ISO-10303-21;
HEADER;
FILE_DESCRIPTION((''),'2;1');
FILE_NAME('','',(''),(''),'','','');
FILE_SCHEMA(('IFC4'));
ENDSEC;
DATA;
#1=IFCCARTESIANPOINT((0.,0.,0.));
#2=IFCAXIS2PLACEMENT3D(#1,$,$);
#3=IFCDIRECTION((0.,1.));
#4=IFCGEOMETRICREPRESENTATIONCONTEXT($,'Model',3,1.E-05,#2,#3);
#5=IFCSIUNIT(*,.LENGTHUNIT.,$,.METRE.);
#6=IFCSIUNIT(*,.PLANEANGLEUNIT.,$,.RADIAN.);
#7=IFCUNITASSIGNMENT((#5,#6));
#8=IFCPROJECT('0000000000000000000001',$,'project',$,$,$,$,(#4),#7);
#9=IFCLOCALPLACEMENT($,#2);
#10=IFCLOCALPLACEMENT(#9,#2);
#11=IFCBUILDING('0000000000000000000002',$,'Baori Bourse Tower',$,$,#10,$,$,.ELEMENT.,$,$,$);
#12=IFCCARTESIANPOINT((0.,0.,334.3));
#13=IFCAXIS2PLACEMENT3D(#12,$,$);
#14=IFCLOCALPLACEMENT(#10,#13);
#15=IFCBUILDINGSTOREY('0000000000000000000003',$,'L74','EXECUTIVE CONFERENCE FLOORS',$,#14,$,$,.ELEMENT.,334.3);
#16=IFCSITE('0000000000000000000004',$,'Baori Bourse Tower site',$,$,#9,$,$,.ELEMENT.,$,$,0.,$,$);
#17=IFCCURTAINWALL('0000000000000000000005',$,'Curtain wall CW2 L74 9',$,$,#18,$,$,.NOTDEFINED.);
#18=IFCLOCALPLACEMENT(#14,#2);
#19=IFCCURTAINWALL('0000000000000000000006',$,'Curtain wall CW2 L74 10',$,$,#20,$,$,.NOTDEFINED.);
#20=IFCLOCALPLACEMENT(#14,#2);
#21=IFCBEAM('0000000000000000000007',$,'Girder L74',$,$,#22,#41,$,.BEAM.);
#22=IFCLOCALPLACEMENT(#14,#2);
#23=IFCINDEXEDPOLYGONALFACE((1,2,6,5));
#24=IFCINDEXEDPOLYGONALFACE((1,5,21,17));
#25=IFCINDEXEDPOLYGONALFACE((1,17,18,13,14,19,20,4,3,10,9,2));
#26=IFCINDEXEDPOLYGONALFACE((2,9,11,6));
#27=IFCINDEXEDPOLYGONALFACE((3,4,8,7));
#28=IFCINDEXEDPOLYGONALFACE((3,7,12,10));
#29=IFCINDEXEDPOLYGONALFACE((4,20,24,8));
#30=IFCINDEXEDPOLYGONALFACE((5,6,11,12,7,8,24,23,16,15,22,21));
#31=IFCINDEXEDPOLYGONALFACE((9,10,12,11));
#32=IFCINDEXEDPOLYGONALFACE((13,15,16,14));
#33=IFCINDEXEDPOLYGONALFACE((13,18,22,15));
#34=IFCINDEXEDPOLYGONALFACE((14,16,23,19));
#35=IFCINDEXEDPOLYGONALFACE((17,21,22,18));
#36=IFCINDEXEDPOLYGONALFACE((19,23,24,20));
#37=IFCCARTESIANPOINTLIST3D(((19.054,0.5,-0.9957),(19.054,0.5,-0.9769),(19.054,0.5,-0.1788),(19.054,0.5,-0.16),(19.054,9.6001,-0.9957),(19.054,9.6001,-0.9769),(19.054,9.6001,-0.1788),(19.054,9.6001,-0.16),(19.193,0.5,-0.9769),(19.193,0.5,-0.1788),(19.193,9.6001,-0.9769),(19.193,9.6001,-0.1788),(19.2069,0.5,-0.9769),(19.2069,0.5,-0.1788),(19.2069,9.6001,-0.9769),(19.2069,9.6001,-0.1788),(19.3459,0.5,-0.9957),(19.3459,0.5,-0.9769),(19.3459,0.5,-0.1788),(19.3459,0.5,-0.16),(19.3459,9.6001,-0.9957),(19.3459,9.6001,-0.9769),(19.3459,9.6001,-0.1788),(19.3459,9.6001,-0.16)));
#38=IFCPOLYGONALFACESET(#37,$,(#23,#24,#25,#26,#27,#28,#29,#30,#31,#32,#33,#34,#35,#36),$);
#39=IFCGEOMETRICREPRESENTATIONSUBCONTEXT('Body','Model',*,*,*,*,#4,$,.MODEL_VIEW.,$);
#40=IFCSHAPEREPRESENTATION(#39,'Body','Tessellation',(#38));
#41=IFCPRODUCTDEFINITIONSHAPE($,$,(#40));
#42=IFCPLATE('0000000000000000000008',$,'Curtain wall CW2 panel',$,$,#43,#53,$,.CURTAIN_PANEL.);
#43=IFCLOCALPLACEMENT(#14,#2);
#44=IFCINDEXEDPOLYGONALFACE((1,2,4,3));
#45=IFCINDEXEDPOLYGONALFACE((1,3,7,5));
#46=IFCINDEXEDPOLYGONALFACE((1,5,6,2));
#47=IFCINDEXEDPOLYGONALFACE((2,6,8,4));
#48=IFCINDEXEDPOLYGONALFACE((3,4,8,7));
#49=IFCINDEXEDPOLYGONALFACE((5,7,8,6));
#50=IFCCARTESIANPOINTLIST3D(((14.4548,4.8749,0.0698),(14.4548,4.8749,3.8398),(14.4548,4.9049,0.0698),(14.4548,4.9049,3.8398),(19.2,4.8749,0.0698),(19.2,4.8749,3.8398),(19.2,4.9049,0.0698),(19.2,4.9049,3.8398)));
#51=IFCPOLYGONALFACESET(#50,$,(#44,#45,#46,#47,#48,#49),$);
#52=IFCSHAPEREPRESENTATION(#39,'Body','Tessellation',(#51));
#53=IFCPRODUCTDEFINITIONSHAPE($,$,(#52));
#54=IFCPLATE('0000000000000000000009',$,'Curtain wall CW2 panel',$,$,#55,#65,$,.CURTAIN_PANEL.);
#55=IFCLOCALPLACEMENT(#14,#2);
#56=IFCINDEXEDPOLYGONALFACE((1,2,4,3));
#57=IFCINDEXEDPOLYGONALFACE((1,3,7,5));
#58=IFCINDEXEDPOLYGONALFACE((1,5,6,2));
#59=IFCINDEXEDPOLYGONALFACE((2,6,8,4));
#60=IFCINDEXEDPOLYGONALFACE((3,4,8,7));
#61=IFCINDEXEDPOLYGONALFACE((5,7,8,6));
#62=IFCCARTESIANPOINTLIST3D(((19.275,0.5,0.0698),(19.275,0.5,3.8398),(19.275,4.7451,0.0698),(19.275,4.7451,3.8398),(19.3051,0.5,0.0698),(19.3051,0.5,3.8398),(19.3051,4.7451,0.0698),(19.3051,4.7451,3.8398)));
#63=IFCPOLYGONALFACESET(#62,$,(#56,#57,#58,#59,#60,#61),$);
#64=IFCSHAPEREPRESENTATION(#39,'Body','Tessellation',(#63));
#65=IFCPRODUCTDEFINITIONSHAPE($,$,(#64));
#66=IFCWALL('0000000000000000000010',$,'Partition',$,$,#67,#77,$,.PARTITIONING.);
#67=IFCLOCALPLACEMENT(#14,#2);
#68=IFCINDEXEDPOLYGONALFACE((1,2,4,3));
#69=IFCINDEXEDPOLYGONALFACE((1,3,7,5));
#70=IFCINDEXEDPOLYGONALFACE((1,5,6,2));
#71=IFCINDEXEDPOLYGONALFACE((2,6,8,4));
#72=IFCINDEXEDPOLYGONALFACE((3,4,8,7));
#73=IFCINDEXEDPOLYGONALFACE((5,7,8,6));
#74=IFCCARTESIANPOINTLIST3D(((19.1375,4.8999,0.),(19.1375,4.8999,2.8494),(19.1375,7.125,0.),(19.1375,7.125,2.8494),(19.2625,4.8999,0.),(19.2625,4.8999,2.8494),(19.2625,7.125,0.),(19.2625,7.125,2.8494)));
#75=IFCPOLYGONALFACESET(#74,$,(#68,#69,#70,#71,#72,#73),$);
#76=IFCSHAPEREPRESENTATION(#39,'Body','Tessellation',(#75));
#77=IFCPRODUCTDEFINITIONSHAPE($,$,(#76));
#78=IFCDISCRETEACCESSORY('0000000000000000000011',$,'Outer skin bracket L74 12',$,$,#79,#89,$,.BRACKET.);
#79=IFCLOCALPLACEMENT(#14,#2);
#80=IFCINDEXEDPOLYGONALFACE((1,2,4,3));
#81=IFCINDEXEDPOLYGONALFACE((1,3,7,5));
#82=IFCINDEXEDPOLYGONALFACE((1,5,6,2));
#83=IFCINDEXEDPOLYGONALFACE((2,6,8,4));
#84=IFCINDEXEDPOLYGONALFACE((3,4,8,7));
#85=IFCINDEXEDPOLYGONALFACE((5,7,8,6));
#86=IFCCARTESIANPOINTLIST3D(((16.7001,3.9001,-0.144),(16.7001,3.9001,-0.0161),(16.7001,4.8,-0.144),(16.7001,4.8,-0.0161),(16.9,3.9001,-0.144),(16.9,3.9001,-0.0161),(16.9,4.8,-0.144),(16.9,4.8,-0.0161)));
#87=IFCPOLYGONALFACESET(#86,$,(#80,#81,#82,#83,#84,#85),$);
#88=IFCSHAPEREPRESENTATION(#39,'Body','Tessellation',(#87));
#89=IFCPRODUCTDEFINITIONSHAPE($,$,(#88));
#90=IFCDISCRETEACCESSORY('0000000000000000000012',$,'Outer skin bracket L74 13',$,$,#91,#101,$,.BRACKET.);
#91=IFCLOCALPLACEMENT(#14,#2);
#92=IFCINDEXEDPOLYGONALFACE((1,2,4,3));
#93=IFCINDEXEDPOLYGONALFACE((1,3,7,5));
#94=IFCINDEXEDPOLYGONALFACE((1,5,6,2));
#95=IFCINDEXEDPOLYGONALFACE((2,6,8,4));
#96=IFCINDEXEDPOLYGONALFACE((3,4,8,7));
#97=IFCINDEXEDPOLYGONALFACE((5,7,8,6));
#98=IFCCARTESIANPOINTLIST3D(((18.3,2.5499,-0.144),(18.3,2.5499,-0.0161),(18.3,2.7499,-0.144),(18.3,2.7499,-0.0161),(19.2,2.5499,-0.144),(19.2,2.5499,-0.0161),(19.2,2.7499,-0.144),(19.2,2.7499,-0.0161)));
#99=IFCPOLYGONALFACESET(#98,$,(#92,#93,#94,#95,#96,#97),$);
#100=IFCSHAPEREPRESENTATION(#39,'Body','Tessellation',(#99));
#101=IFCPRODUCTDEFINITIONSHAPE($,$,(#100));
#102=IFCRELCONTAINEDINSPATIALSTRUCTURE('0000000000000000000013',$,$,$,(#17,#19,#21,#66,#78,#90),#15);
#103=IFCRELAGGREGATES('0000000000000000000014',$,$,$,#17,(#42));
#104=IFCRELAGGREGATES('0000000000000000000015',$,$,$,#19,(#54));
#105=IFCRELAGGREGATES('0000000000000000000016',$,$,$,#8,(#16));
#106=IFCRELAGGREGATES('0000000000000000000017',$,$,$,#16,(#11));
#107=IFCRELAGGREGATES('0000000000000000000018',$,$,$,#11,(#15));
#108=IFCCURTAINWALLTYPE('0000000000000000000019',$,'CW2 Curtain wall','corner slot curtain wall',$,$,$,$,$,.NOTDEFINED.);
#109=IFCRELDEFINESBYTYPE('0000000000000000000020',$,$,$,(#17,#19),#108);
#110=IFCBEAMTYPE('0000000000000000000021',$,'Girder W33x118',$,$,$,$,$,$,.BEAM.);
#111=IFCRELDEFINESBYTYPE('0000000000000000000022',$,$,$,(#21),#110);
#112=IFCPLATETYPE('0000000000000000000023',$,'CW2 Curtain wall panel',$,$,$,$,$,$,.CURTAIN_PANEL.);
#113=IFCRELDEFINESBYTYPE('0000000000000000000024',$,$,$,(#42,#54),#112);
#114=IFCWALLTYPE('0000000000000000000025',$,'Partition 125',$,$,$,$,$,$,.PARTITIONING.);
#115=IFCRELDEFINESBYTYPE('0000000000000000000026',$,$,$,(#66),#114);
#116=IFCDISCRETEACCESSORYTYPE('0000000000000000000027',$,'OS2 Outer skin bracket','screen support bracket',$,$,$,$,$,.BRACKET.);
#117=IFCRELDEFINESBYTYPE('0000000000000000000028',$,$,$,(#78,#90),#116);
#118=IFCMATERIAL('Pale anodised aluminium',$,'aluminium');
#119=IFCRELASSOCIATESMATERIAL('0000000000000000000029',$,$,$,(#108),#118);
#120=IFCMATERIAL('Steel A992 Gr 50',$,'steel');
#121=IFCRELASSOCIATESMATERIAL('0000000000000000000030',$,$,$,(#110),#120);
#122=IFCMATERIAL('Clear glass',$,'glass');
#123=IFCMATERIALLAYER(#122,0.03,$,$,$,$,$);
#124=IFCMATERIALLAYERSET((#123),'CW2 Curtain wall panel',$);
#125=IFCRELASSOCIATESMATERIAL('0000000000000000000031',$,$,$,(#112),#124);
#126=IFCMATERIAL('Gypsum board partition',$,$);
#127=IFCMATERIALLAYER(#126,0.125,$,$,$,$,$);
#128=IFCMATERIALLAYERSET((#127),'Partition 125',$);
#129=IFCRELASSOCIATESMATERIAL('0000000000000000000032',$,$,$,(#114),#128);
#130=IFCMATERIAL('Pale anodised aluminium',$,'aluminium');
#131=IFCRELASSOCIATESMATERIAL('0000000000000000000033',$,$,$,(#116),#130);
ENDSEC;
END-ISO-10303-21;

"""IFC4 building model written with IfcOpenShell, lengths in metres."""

from ifc_helpers import new_model, si_unit, direction, frame, frame_2d, origin, origin_2d, place, context, subcontext, project, spatial, rectangle, i_section, extrude, material, layer, layer_set, material_profile, profile_set, type_object, element, aggregate, save


model = new_model("IFC4")

# Units and contexts
model_context = context("Model", 3, precision=1e-05, world=origin(), true_north=direction((0.0, 1.0)))
body_context = subcontext(model_context, "Body", "Model", "MODEL_VIEW")
ifc_project = project(units=[si_unit("LENGTHUNIT", "METRE"), si_unit("PLANEANGLEUNIT", "RADIAN")], contexts=[model_context])

# Site, building, storey
site_placement = place(None, origin())
site = spatial("IfcSite", under=ifc_project, at=site_placement, Name="Baori Bourse Tower site", CompositionType="ELEMENT", RefElevation=0.0)
building_placement = place(site_placement, origin())
building = spatial("IfcBuilding", under=site, at=building_placement, Name="Baori Bourse Tower", CompositionType="ELEMENT")
storey_placement = place(building_placement, frame((0.0, 0.0, 334.3)))
storey = spatial("IfcBuildingStorey", under=building, at=storey_placement, Name="L74", Description="EXECUTIVE CONFERENCE FLOORS", CompositionType="ELEMENT", Elevation=334.3)

# Curtain walls
ifc_material_1 = material(Name="Pale anodised aluminium", Category="aluminium")
curtain_wall_type_1 = type_object("IfcCurtainWallType", Name="CW2 Curtain wall", Description="corner slot curtain wall", PredefinedType="NOTDEFINED", material=ifc_material_1)
curtain_wall_1_placement = place(storey_placement, origin())
curtain_wall_1 = element("IfcCurtainWall", 1, at=curtain_wall_1_placement, inside=storey, type_object=curtain_wall_type_1, Name="Curtain wall CW2 L74 9", PredefinedType="NOTDEFINED")
curtain_wall_2_placement = place(storey_placement, origin())
curtain_wall_2 = element("IfcCurtainWall", 2, at=curtain_wall_2_placement, inside=storey, type_object=curtain_wall_type_1, Name="Curtain wall CW2 L74 10", PredefinedType="NOTDEFINED")

# Beam
ifc_material_2 = material(Name="Steel A992 Gr 50", Category="steel")
ifc_material_profile_1 = material_profile(ifc_material_2, i_section(OverallWidth=0.292, OverallDepth=0.8357, WebThickness=0.0139, FlangeThickness=0.0188, at=origin_2d()), Name="W33x118")
ifc_profile_set_1 = profile_set([ifc_material_profile_1], Name="Steel A992 Gr 50")
beam_type_1 = type_object("IfcBeamType", Name="Girder W33x118", PredefinedType="BEAM", material=ifc_profile_set_1)
beam_1_placement = place(storey_placement, frame((19.2, 0.5, -0.5779), z_axis=(0.0, 1.0, 0.0), x_axis=(-1.0, 0.0, 0.0)))
element("IfcBeam", 3, at=beam_1_placement, inside=storey, type_object=beam_type_1, Name="Girder L74", PredefinedType="BEAM", context=body_context, shape_type="SweptSolid", body=[
    extrude(i_section(OverallWidth=0.292, OverallDepth=0.8357, WebThickness=0.0139, FlangeThickness=0.0188, at=origin_2d()), origin(), (0.0, 0.0, 1.0), 9.1001),
])

# Plates
ifc_material_3 = material(Name="Clear glass", Category="glass")
ifc_layer_1 = layer(ifc_material_3, 0.03)
ifc_layer_set_1 = layer_set([ifc_layer_1], Name="CW2 Curtain wall panel")
plate_type = type_object("IfcPlateType", Name="CW2 Curtain wall panel", PredefinedType="CURTAIN_PANEL", material=ifc_layer_set_1)
plate_1_placement = place(storey_placement, frame((16.8274, 4.8899, 0.0698), z_axis=(0.0, 0.0, 1.0), x_axis=(1.0, 0.0, 0.0)))
plate_1 = element("IfcPlate", 4, at=plate_1_placement, type_object=plate_type, Name="Curtain wall CW2 panel", PredefinedType="CURTAIN_PANEL", context=body_context, shape_type="SweptSolid", body=[
    extrude(rectangle(XDim=4.7451, YDim=0.03, at=origin_2d()), origin(), (0.0, 0.0, 1.0), 3.77),
])
aggregate(curtain_wall_1, [plate_1])
plate_2_placement = place(storey_placement, frame((19.29, 2.6226, 0.0698), z_axis=(0.0, 0.0, 1.0), x_axis=(0.0, -1.0, 0.0)))
plate_2 = element("IfcPlate", 5, at=plate_2_placement, type_object=plate_type, Name="Curtain wall CW2 panel", PredefinedType="CURTAIN_PANEL", context=body_context, shape_type="SweptSolid", body=[
    extrude(rectangle(XDim=4.2451, YDim=0.03, at=origin_2d()), origin(), (0.0, 0.0, 1.0), 3.77),
])
aggregate(curtain_wall_2, [plate_2])

# Wall
ifc_material_4 = material(Name="Gypsum board partition")
ifc_layer_2 = layer(ifc_material_4, 0.125)
ifc_layer_set_2 = layer_set([ifc_layer_2], Name="Partition 125")
wall_type = type_object("IfcWallType", Name="Partition 125", PredefinedType="PARTITIONING", material=ifc_layer_set_2)
wall_placement = place(storey_placement, frame((19.2, 4.8999, 0.0), z_axis=(0.0, 0.0, 1.0), x_axis=(0.0, 1.0, 0.0)))
element("IfcWall", 6, at=wall_placement, inside=storey, type_object=wall_type, Name="Partition", PredefinedType="PARTITIONING", context=body_context, shape_type="SweptSolid", body=[
    extrude(rectangle(XDim=2.2251, YDim=0.125, at=frame_2d((1.1125, 0.0))), origin(), (0.0, 0.0, 1.0), 2.8494),
])

# Discrete accessories
ifc_material_5 = material(Name="Pale anodised aluminium", Category="aluminium")
discrete_accessory_type = type_object("IfcDiscreteAccessoryType", Name="OS2 Outer skin bracket", Description="screen support bracket", PredefinedType="BRACKET", material=ifc_material_5)
for number, where, z_axis, x_axis, name in (
    (7, (16.8, 4.3501, -0.144), (0.0, 0.0, 1.0), (1.0, 0.0, 0.0), "Outer skin bracket L74 12"),
    (8, (18.75, 2.6499, -0.144), (0.0, 0.0, 1.0), (0.0, -1.0, 0.0), "Outer skin bracket L74 13"),
):
    element("IfcDiscreteAccessory", number, at=place(storey_placement, frame(where, z_axis=z_axis, x_axis=x_axis)), inside=storey, type_object=discrete_accessory_type, Name=name, PredefinedType="BRACKET", context=body_context, shape_type="SweptSolid", body=[
        extrude(rectangle(XDim=0.2, YDim=0.8999, at=origin_2d()), origin(), (0.0, 0.0, 1.0), 0.1279),
    ])

save(model, "model.ifc")
